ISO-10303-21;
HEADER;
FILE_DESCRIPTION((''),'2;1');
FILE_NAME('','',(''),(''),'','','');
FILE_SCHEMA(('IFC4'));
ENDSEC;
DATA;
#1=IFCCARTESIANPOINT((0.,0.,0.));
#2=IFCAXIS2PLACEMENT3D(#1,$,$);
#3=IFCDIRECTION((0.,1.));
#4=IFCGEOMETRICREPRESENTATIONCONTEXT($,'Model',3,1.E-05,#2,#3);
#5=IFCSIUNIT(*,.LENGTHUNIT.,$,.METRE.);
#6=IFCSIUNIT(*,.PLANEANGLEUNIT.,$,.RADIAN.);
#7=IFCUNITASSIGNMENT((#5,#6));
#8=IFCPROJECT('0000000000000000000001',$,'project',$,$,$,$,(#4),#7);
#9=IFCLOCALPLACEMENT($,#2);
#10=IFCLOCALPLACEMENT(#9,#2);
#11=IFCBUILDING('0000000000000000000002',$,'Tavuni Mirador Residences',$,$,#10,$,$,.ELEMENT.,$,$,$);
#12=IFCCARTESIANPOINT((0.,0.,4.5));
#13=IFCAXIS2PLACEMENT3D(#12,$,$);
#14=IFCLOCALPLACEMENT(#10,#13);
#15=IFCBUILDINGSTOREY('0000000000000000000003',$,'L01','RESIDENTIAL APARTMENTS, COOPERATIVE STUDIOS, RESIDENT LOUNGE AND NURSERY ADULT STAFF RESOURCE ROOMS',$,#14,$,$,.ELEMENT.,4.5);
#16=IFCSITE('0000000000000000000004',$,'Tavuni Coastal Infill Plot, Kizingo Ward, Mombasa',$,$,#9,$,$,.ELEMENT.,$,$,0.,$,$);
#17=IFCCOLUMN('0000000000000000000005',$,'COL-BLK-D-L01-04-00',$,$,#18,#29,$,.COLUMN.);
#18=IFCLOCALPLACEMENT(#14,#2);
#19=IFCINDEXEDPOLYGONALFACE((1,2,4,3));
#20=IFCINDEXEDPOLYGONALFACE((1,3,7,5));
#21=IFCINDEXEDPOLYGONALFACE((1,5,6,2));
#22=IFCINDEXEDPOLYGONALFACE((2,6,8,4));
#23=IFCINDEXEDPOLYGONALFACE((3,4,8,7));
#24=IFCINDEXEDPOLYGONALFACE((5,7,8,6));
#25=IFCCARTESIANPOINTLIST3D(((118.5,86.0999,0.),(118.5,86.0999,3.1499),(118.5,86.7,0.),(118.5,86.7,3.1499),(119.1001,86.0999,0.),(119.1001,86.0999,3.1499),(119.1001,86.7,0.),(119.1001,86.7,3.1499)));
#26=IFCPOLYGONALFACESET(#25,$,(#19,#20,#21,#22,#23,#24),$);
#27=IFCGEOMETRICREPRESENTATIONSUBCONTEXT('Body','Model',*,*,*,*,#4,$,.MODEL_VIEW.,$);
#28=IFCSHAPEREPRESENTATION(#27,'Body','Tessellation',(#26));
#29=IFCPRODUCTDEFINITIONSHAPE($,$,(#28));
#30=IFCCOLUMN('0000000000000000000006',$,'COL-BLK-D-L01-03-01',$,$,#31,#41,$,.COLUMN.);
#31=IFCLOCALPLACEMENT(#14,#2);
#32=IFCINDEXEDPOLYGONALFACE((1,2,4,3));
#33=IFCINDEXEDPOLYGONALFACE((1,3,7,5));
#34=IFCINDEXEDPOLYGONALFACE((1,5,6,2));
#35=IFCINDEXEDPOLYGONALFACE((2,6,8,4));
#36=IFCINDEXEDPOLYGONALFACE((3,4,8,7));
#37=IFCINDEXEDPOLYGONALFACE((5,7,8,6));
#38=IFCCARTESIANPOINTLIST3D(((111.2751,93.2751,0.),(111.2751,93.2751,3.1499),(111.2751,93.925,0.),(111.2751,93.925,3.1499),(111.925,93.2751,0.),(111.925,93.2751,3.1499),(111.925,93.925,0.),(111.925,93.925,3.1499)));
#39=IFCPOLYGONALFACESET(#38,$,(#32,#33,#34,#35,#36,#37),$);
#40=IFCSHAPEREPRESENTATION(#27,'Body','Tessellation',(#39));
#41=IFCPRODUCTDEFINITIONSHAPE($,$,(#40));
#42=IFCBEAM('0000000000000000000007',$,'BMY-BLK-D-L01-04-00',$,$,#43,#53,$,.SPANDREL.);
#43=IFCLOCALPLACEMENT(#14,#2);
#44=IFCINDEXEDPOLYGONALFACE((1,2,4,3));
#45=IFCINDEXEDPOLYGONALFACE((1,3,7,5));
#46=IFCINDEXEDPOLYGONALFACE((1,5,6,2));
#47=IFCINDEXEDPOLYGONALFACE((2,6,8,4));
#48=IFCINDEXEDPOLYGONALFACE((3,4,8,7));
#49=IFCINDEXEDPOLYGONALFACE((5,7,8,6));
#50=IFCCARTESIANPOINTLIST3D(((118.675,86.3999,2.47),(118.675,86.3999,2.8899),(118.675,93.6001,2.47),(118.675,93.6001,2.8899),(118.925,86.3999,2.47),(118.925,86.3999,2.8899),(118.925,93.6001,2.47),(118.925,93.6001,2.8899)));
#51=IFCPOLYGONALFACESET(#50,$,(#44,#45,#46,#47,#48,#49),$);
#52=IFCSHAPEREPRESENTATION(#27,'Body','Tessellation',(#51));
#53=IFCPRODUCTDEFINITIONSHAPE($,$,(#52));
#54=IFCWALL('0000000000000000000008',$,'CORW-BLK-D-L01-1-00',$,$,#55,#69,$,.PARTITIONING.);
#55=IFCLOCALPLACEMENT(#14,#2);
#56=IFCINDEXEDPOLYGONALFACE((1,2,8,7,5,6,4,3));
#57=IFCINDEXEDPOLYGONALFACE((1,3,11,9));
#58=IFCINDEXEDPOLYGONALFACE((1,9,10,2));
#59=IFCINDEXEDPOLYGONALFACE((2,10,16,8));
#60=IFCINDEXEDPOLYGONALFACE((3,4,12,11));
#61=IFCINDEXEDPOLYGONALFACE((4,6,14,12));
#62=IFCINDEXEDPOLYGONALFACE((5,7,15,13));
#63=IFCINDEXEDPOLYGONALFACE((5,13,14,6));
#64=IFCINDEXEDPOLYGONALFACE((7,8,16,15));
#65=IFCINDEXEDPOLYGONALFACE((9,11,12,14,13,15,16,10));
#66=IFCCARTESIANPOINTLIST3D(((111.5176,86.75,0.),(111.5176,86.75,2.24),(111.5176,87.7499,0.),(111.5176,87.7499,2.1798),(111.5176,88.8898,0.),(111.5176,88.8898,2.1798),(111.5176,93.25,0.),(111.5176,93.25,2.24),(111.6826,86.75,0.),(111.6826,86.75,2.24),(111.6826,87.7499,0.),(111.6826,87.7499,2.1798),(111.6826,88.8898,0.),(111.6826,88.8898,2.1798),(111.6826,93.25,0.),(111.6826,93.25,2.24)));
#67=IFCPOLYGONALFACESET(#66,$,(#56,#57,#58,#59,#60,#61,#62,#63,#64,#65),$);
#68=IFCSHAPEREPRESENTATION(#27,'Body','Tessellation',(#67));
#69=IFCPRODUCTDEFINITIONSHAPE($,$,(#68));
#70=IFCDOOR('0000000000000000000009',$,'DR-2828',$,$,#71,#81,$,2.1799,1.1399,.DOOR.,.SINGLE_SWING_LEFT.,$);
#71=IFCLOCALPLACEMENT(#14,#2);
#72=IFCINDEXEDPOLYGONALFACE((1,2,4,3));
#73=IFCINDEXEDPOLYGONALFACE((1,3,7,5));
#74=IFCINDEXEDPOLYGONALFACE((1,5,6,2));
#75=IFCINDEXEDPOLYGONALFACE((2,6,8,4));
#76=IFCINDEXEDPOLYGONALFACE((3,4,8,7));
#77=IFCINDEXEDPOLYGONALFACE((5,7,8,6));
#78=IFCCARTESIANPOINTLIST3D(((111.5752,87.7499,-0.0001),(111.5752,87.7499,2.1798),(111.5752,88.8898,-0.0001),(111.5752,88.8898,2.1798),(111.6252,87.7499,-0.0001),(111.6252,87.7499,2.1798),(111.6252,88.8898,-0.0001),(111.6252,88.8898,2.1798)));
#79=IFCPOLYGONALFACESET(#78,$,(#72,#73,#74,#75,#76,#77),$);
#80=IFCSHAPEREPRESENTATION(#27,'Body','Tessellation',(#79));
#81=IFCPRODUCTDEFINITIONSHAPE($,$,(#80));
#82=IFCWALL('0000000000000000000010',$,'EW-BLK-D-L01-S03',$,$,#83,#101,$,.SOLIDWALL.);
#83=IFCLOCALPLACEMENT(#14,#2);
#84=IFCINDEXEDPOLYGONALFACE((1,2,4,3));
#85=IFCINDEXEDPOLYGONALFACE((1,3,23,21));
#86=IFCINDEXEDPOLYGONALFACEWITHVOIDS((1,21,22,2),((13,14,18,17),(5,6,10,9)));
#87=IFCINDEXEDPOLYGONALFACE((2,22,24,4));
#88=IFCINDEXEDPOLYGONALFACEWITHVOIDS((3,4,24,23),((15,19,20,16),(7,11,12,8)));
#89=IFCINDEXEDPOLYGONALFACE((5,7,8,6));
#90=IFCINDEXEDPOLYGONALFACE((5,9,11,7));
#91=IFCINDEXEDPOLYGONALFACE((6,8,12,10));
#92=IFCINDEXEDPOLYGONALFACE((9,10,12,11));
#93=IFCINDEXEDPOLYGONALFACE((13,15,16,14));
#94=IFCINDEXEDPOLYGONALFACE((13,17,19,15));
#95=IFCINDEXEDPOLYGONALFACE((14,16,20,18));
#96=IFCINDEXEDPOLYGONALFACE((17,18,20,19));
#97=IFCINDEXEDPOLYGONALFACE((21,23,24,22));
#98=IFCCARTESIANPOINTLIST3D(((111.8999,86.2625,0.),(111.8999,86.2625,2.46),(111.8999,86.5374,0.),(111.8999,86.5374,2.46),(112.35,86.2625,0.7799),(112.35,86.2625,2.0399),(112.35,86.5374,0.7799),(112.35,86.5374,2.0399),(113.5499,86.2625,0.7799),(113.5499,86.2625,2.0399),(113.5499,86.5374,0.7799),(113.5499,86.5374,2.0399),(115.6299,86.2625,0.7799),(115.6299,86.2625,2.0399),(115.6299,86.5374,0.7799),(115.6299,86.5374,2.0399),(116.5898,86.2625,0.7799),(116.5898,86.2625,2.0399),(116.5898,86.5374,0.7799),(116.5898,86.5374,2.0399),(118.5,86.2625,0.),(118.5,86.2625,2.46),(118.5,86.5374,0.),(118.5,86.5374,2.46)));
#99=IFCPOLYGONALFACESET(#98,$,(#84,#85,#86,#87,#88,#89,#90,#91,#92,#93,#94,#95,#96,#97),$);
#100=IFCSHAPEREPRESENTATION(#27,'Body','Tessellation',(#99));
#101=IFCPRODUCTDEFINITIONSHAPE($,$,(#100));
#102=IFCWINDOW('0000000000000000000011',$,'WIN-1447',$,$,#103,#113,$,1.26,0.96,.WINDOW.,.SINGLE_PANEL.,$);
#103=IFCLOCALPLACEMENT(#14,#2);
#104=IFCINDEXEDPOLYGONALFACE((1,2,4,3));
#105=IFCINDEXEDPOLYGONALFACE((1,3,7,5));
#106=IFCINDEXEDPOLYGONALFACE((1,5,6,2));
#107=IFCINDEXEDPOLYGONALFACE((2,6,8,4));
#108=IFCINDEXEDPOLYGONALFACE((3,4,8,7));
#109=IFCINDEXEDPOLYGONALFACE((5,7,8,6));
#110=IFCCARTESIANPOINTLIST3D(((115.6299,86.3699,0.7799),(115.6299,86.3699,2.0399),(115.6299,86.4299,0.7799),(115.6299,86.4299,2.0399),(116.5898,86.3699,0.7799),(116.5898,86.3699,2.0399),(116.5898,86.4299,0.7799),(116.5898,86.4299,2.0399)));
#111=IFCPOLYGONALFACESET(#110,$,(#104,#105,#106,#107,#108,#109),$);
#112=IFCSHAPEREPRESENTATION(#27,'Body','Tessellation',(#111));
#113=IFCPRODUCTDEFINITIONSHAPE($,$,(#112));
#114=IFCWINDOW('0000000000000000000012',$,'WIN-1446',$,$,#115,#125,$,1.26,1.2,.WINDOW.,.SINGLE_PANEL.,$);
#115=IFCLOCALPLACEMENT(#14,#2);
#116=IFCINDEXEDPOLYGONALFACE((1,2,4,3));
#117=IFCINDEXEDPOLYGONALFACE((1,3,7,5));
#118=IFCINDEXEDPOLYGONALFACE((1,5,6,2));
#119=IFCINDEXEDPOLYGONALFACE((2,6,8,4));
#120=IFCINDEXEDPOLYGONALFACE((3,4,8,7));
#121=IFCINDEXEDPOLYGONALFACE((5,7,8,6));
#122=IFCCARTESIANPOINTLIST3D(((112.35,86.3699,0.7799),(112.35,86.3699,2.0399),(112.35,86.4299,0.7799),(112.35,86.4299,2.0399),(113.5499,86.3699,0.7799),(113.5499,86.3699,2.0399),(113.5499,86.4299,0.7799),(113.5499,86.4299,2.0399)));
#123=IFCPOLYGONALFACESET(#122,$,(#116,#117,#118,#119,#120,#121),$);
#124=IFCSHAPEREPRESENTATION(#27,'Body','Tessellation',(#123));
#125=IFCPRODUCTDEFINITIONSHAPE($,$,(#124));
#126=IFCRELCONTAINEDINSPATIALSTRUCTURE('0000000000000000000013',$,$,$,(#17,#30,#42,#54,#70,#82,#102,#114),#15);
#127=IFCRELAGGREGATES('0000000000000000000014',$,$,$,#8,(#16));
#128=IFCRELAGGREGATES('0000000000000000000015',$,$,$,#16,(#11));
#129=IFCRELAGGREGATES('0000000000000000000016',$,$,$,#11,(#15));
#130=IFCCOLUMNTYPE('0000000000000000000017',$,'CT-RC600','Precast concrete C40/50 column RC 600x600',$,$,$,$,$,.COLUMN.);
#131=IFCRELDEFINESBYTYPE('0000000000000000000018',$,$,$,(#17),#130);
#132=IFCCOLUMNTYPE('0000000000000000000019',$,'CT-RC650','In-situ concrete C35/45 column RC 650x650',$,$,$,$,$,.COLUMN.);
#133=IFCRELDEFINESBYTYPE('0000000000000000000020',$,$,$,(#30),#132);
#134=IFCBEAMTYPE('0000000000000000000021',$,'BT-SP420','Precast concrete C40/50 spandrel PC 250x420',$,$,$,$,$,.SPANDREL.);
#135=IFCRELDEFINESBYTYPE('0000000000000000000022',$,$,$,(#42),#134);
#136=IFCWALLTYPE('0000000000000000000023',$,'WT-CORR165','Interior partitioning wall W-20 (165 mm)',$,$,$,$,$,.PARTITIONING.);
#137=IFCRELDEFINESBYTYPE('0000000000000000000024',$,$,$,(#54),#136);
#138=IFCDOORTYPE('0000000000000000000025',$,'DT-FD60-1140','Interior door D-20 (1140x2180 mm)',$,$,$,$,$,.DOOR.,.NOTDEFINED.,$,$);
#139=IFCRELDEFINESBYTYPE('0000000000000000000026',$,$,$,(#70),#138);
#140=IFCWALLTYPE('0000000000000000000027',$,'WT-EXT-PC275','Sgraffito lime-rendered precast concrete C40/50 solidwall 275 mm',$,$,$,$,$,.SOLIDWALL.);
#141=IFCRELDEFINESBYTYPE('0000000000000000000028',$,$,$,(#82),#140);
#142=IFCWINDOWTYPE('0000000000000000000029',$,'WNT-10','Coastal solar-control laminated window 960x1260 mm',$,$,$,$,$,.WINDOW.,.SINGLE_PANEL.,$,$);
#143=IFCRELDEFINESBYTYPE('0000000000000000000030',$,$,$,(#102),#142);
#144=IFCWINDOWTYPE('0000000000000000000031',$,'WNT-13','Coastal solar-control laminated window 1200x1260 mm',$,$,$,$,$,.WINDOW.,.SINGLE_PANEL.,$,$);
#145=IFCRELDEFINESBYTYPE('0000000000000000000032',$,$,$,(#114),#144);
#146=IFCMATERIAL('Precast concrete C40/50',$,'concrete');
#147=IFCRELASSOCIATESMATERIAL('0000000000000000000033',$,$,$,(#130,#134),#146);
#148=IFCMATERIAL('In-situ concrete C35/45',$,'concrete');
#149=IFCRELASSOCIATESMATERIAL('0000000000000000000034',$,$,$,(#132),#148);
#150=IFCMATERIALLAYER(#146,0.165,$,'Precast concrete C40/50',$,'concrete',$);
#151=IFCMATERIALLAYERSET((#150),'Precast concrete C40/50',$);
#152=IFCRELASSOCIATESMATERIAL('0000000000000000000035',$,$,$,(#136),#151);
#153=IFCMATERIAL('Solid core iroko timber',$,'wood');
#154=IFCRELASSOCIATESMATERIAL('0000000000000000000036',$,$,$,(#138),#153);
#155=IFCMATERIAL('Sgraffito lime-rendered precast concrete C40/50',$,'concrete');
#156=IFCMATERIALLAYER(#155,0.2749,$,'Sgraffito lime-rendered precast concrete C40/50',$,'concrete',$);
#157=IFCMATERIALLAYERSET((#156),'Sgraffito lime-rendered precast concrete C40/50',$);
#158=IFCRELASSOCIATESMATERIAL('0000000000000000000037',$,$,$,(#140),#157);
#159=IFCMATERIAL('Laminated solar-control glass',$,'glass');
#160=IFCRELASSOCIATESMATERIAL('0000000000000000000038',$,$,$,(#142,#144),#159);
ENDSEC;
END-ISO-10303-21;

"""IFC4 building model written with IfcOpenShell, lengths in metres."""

from ifc_helpers import new_model, si_unit, direction, frame, frame_2d, origin, origin_2d, place, context, subcontext, project, spatial, rectangle, extrude, material, layer, layer_set, material_profile, profile_set, type_object, element, fill, save


model = new_model("IFC4")

# Units and contexts
model_context = context("Model", 3, precision=1e-05, world=origin(), true_north=direction((0.0, 1.0)))
body_context = subcontext(model_context, "Body", "Model", "MODEL_VIEW")
ifc_project = project(units=[si_unit("LENGTHUNIT", "METRE"), si_unit("PLANEANGLEUNIT", "RADIAN")], contexts=[model_context])

# Site, building, storey
site_placement = place(None, origin())
site = spatial("IfcSite", under=ifc_project, at=site_placement, Name="Tavuni Coastal Infill Plot, Kizingo Ward, Mombasa", CompositionType="ELEMENT", RefElevation=0.0)
building_placement = place(site_placement, origin())
building = spatial("IfcBuilding", under=site, at=building_placement, Name="Tavuni Mirador Residences", CompositionType="ELEMENT")
storey_placement = place(building_placement, frame((0.0, 0.0, 4.5)))
storey = spatial("IfcBuildingStorey", under=building, at=storey_placement, Name="L01", Description="RESIDENTIAL APARTMENTS, COOPERATIVE STUDIOS, RESIDENT LOUNGE AND NURSERY ADULT STAFF RESOURCE ROOMS", CompositionType="ELEMENT", Elevation=4.5)

# Columns
ifc_material_1 = material(Name="Precast concrete C40/50", Category="concrete")
ifc_material_profile_1 = material_profile(ifc_material_1, rectangle(XDim=0.6001, YDim=0.6001, at=origin_2d()), Name="RC 600x600", Category="concrete")
ifc_profile_set_1 = profile_set([ifc_material_profile_1], Name="Precast concrete C40/50")
column_type_1 = type_object("IfcColumnType", Name="CT-RC600", Description="Precast concrete C40/50 column RC 600x600", PredefinedType="COLUMN", material=ifc_profile_set_1)
column_1_placement = place(storey_placement, frame((118.8, 86.3999, 0.0), z_axis=(0.0, 0.0, 1.0), x_axis=(1.0, 0.0, 0.0)))
element("IfcColumn", 1, at=column_1_placement, inside=storey, type_object=column_type_1, Name="COL-BLK-D-L01-04-00", PredefinedType="COLUMN", context=body_context, shape_type="SweptSolid", body=[
    extrude(rectangle(XDim=0.6001, YDim=0.6001, at=origin_2d()), origin(), (0.0, 0.0, 1.0), 3.1499),
])
ifc_material_2 = material(Name="In-situ concrete C35/45", Category="concrete")
ifc_material_profile_2 = material_profile(ifc_material_2, rectangle(XDim=0.6499, YDim=0.6499, at=origin_2d()), Name="RC 650x650", Category="concrete")
ifc_profile_set_2 = profile_set([ifc_material_profile_2], Name="In-situ concrete C35/45")
column_type_2 = type_object("IfcColumnType", Name="CT-RC650", Description="In-situ concrete C35/45 column RC 650x650", PredefinedType="COLUMN", material=ifc_profile_set_2)
column_2_placement = place(storey_placement, frame((111.6001, 93.6001, 0.0), z_axis=(0.0, 0.0, 1.0), x_axis=(1.0, 0.0, 0.0)))
element("IfcColumn", 2, at=column_2_placement, inside=storey, type_object=column_type_2, Name="COL-BLK-D-L01-03-01", PredefinedType="COLUMN", context=body_context, shape_type="SweptSolid", body=[
    extrude(rectangle(XDim=0.6499, YDim=0.6499, at=origin_2d()), origin(), (0.0, 0.0, 1.0), 3.1499),
])

# Beam
ifc_material_profile_3 = material_profile(ifc_material_1, rectangle(XDim=0.25, YDim=0.4199, at=origin_2d()), Name="PC 250x420", Category="concrete")
ifc_profile_set_3 = profile_set([ifc_material_profile_3], Name="Precast concrete C40/50")
beam_type = type_object("IfcBeamType", Name="BT-SP420", Description="Precast concrete C40/50 spandrel PC 250x420", PredefinedType="SPANDREL", material=ifc_profile_set_3)
beam_placement = place(storey_placement, frame((118.8, 86.3999, 2.6799), z_axis=(0.0, 1.0, 0.0), x_axis=(-1.0, 0.0, 0.0)))
element("IfcBeam", 3, at=beam_placement, inside=storey, type_object=beam_type, Name="BMY-BLK-D-L01-04-00", PredefinedType="SPANDREL", context=body_context, shape_type="SweptSolid", body=[
    extrude(rectangle(XDim=0.25, YDim=0.4199, at=origin_2d()), origin(), (0.0, 0.0, 1.0), 7.2002),
])

# Wall, opening, door
ifc_layer_1 = layer(ifc_material_1, 0.165, Name="Precast concrete C40/50", Category="concrete")
ifc_layer_set_1 = layer_set([ifc_layer_1], Name="Precast concrete C40/50")
wall_type_1 = type_object("IfcWallType", Name="WT-CORR165", Description="Interior partitioning wall W-20 (165 mm)", PredefinedType="PARTITIONING", material=ifc_layer_set_1)
wall_1_placement = place(storey_placement, frame((111.6001, 86.75, 0.0), z_axis=(0.0, 0.0, 1.0), x_axis=(0.0, 1.0, 0.0)))
wall_1 = element("IfcWall", 4, at=wall_1_placement, inside=storey, type_object=wall_type_1, Name="CORW-BLK-D-L01-1-00", PredefinedType="PARTITIONING", context=body_context, shape_type="SweptSolid", body=[
    extrude(rectangle(XDim=6.5, YDim=0.165, at=frame_2d((3.25, 0.0))), origin(), (0.0, 0.0, 1.0), 2.24),
])
opening_1_placement = place(wall_1_placement, frame((1.0, 0.0, 0.0)))
opening_1 = element("IfcOpeningElement", 5, at=opening_1_placement, cuts=wall_1, PredefinedType="OPENING", context=body_context, shape_type="SweptSolid", body=[
    extrude(rectangle(XDim=1.1399, YDim=2.1799, at=frame_2d((0.5698, 1.0898))), frame((0.0, 0.0925, 0.0), z_axis=(0.0, -1.0, 0.0), x_axis=(1.0, 0.0, 0.0)), (0.0, 0.0, 1.0), 0.1851),
])
ifc_material_3 = material(Name="Solid core iroko timber", Category="wood")
door_type_1 = type_object("IfcDoorType", Name="DT-FD60-1140", Description="Interior door D-20 (1140x2180 mm)", OperationType="NOTDEFINED", PredefinedType="DOOR", material=ifc_material_3)
door_1_placement = place(opening_1_placement, origin())
door_1 = element("IfcDoor", 6, at=door_1_placement, inside=storey, type_object=door_type_1, Name="DR-2828", OperationType="SINGLE_SWING_LEFT", OverallHeight=2.1799, OverallWidth=1.1399, PredefinedType="DOOR", context=body_context, shape_type="SweptSolid", body=[
    extrude(rectangle(XDim=1.1399, YDim=2.1799, at=frame_2d((0.5698, 1.0898))), frame((0.0, 0.0249, 0.0), z_axis=(0.0, -1.0, 0.0), x_axis=(1.0, 0.0, 0.0)), (0.0, 0.0, 1.0), 0.05),
])
fill(opening_1, door_1)

# Wall, openings, windows
ifc_material_4 = material(Name="Sgraffito lime-rendered precast concrete C40/50", Category="concrete")
ifc_layer_2 = layer(ifc_material_4, 0.2749, Name="Sgraffito lime-rendered precast concrete C40/50", Category="concrete")
ifc_layer_set_2 = layer_set([ifc_layer_2], Name="Sgraffito lime-rendered precast concrete C40/50")
wall_type_2 = type_object("IfcWallType", Name="WT-EXT-PC275", Description="Sgraffito lime-rendered precast concrete C40/50 solidwall 275 mm", PredefinedType="SOLIDWALL", material=ifc_layer_set_2)
wall_2_placement = place(storey_placement, frame((111.8999, 86.3999, 0.0), z_axis=(0.0, 0.0, 1.0), x_axis=(1.0, 0.0, 0.0)))
wall_2 = element("IfcWall", 7, at=wall_2_placement, inside=storey, type_object=wall_type_2, Name="EW-BLK-D-L01-S03", PredefinedType="SOLIDWALL", context=body_context, shape_type="SweptSolid", body=[
    extrude(rectangle(XDim=6.6001, YDim=0.2749, at=frame_2d((3.3, 0.0))), origin(), (0.0, 0.0, 1.0), 2.46),
])
opening_2_placement = place(wall_2_placement, frame((0.45, 0.0, 0.78)))
opening_2 = element("IfcOpeningElement", 8, at=opening_2_placement, cuts=wall_2, PredefinedType="OPENING", context=body_context, shape_type="SweptSolid", body=[
    extrude(rectangle(XDim=1.2, YDim=1.26, at=frame_2d((0.6001, 0.6299))), frame((0.0, 0.1475, 0.0), z_axis=(0.0, -1.0, 0.0), x_axis=(1.0, 0.0, 0.0)), (0.0, 0.0, 1.0), 0.2949),
])
opening_3_placement = place(wall_2_placement, frame((3.73, 0.0, 0.78)))
opening_3 = element("IfcOpeningElement", 9, at=opening_3_placement, cuts=wall_2, PredefinedType="OPENING", context=body_context, shape_type="SweptSolid", body=[
    extrude(rectangle(XDim=0.96, YDim=1.26, at=frame_2d((0.48, 0.6299))), frame((0.0, 0.1475, 0.0), z_axis=(0.0, -1.0, 0.0), x_axis=(1.0, 0.0, 0.0)), (0.0, 0.0, 1.0), 0.2949),
])
ifc_material_5 = material(Name="Laminated solar-control glass", Category="glass")
window_type_1 = type_object("IfcWindowType", Name="WNT-10", Description="Coastal solar-control laminated window 960x1260 mm", PartitioningType="SINGLE_PANEL", PredefinedType="WINDOW", material=ifc_material_5)
window_1_placement = place(opening_3_placement, origin())
window_1 = element("IfcWindow", 10, at=window_1_placement, inside=storey, type_object=window_type_1, Name="WIN-1447", OverallHeight=1.26, OverallWidth=0.96, PartitioningType="SINGLE_PANEL", PredefinedType="WINDOW", context=body_context, shape_type="SweptSolid", body=[
    extrude(rectangle(XDim=0.96, YDim=1.26, at=frame_2d((0.48, 0.6299))), frame((0.0, 0.03, 0.0), z_axis=(0.0, -1.0, 0.0), x_axis=(1.0, 0.0, 0.0)), (0.0, 0.0, 1.0), 0.0601),
])
fill(opening_3, window_1)
window_type_2 = type_object("IfcWindowType", Name="WNT-13", Description="Coastal solar-control laminated window 1200x1260 mm", PartitioningType="SINGLE_PANEL", PredefinedType="WINDOW", material=ifc_material_5)
window_2_placement = place(opening_2_placement, origin())
window_2 = element("IfcWindow", 11, at=window_2_placement, inside=storey, type_object=window_type_2, Name="WIN-1446", OverallHeight=1.26, OverallWidth=1.2, PartitioningType="SINGLE_PANEL", PredefinedType="WINDOW", context=body_context, shape_type="SweptSolid", body=[
    extrude(rectangle(XDim=1.2, YDim=1.26, at=frame_2d((0.6001, 0.6299))), frame((0.0, 0.03, 0.0), z_axis=(0.0, -1.0, 0.0), x_axis=(1.0, 0.0, 0.0)), (0.0, 0.0, 1.0), 0.0601),
])
fill(opening_2, window_2)

save(model, "model.ifc")
